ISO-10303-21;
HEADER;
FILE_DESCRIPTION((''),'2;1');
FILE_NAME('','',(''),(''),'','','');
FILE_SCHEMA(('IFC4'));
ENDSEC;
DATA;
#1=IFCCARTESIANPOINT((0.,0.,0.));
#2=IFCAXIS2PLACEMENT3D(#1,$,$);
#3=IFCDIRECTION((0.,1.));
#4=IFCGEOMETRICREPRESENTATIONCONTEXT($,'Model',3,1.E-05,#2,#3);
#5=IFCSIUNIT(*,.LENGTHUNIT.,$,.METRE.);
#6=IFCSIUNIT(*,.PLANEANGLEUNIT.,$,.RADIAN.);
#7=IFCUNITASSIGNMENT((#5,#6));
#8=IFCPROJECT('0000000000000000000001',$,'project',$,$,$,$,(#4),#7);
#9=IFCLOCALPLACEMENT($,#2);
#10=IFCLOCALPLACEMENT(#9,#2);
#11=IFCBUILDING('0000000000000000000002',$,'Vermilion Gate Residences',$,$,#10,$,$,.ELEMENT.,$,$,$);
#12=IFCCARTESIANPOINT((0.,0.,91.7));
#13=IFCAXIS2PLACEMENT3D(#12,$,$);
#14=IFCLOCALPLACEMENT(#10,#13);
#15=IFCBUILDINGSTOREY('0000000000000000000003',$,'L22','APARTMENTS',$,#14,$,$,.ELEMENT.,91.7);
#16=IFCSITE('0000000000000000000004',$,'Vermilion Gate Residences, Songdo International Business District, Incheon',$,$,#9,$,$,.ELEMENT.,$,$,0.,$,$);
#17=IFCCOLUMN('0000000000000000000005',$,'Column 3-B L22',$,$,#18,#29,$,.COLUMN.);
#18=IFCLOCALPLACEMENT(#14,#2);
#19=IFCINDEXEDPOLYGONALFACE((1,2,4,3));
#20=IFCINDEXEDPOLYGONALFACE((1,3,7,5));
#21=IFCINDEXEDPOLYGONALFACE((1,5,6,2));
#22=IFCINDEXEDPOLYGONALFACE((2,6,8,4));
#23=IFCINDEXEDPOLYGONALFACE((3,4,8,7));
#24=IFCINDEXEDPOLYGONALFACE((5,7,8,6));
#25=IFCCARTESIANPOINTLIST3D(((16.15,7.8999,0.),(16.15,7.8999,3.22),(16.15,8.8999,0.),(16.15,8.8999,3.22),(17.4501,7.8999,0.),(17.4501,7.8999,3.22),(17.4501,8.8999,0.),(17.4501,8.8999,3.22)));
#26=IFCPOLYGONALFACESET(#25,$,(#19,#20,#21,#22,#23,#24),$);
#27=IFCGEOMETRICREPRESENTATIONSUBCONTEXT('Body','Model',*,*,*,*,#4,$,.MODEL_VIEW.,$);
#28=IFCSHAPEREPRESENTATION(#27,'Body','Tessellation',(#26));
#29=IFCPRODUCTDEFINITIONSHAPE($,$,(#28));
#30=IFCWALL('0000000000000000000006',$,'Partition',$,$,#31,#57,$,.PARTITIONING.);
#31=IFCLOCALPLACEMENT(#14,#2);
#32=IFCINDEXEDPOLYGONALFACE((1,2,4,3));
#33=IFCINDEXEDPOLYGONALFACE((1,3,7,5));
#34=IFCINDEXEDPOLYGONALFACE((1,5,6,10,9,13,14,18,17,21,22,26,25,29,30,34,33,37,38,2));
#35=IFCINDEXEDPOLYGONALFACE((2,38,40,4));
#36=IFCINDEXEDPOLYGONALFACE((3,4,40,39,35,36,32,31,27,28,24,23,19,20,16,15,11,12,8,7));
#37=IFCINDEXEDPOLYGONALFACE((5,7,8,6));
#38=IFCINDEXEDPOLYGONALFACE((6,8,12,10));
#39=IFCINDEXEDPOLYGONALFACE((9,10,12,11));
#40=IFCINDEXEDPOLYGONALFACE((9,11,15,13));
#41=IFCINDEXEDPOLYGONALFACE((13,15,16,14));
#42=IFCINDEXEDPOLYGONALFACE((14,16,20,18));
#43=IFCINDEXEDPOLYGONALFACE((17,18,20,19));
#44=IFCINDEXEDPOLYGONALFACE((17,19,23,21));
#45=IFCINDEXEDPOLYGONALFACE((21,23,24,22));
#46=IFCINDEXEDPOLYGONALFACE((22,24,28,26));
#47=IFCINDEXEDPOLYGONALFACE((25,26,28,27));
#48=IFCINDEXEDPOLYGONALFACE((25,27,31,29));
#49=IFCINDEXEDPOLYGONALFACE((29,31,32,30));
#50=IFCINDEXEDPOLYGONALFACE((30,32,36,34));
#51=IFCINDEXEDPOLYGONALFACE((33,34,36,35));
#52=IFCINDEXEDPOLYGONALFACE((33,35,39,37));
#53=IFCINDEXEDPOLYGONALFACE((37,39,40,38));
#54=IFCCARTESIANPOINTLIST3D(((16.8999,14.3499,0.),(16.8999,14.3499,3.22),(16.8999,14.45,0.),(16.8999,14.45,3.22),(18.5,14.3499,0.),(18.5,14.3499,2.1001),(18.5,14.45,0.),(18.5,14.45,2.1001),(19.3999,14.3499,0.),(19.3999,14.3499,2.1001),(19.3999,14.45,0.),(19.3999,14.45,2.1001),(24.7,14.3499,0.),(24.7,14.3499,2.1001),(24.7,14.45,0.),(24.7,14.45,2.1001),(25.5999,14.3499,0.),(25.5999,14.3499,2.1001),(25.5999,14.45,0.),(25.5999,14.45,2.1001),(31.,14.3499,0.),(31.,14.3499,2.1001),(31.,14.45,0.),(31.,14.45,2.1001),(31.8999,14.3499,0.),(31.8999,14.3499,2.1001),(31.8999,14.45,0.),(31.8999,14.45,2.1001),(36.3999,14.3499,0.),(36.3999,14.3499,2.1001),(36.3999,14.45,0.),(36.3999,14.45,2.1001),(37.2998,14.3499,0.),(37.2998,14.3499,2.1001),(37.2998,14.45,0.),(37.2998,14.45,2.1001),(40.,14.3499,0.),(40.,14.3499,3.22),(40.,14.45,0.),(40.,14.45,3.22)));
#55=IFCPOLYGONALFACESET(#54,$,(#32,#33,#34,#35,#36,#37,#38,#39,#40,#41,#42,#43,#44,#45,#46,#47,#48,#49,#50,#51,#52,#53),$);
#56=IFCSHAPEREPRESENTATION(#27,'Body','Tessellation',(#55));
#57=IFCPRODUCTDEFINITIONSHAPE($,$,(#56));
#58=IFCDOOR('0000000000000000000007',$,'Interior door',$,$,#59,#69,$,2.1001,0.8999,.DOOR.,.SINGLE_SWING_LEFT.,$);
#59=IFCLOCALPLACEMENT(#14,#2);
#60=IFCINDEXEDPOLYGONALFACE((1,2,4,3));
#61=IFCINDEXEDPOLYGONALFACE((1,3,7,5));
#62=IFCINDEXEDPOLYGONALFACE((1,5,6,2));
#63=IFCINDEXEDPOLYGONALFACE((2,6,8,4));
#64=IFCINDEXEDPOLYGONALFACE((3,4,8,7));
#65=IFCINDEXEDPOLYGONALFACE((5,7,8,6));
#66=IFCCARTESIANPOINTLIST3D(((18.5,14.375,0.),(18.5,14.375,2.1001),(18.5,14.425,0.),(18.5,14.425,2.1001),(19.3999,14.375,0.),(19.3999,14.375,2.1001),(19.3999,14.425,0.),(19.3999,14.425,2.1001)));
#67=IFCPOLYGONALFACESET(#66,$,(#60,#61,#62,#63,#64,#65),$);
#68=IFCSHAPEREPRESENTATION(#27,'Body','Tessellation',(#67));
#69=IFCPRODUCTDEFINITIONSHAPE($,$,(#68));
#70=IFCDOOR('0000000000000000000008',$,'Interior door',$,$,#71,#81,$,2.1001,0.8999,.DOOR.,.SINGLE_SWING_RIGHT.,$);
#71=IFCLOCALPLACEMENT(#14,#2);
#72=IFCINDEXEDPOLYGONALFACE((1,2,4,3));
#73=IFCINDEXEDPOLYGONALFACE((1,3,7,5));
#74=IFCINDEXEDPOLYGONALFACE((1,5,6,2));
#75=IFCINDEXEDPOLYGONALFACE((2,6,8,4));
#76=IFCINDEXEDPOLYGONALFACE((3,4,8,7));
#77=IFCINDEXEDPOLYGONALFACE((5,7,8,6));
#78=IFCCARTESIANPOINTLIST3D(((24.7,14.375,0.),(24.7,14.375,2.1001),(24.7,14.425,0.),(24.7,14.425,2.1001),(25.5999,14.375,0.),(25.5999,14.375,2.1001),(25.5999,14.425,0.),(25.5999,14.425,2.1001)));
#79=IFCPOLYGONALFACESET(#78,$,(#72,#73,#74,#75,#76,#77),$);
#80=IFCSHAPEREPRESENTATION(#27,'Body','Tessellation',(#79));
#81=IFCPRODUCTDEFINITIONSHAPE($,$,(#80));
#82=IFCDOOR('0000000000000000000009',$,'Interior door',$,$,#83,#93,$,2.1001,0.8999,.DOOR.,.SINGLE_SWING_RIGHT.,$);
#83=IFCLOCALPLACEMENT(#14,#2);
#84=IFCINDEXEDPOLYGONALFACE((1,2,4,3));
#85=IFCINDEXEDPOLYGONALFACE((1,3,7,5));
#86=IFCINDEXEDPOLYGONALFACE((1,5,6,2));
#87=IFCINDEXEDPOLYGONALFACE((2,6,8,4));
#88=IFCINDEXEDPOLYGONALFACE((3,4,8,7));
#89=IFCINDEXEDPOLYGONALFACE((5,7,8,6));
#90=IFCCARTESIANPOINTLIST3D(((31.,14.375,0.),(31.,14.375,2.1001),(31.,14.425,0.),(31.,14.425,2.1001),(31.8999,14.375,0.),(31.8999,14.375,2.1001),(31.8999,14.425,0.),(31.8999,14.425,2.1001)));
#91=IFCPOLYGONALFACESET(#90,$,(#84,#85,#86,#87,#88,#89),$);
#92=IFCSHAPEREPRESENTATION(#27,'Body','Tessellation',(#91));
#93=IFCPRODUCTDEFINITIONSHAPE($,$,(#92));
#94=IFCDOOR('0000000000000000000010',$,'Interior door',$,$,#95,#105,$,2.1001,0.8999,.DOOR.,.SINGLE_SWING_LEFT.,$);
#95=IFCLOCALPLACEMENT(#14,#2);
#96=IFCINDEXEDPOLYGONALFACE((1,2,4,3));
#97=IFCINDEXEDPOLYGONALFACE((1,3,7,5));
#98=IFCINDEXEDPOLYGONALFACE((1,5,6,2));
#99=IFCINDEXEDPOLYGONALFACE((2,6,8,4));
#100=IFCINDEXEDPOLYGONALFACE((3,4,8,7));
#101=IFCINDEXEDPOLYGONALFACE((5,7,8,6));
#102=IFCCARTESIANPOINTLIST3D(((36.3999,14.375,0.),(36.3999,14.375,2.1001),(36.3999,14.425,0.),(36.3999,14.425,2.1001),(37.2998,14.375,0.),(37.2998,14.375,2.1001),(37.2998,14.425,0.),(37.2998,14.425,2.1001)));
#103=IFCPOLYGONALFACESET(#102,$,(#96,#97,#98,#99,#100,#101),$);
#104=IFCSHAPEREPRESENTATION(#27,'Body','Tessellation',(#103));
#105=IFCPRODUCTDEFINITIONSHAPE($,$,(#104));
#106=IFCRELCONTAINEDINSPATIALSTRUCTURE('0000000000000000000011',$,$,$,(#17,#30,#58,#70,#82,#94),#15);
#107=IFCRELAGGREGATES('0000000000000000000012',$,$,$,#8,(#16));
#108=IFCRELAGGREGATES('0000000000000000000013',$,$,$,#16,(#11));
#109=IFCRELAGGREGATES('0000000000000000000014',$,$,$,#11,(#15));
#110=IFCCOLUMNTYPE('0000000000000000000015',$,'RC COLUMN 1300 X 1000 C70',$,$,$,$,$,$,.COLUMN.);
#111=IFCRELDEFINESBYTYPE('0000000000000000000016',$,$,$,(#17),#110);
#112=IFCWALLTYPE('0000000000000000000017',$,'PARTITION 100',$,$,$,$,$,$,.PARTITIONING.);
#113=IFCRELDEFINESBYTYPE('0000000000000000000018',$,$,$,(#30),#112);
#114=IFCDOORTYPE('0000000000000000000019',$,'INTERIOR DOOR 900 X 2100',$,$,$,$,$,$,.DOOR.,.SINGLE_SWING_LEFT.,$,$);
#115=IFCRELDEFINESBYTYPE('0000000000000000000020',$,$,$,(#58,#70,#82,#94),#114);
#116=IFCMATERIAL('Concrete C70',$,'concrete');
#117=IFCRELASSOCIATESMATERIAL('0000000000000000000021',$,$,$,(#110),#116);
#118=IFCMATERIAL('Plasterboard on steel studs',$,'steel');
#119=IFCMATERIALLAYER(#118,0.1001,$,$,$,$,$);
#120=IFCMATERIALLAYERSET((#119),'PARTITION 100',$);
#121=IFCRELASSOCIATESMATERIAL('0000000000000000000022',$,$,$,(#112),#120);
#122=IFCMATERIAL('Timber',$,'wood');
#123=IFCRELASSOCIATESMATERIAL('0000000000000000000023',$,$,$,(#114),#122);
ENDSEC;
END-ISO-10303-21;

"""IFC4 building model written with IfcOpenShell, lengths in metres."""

from ifc_helpers import new_model, si_unit, direction, frame, frame_2d, origin, origin_2d, place, context, subcontext, project, spatial, rectangle, extrude, material, layer, layer_set, material_profile, profile_set, type_object, element, fill, save


model = new_model("IFC4")

# Units and contexts
model_context = context("Model", 3, precision=1e-05, world=origin(), true_north=direction((0.0, 1.0)))
body_context = subcontext(model_context, "Body", "Model", "MODEL_VIEW")
ifc_project = project(units=[si_unit("LENGTHUNIT", "METRE"), si_unit("PLANEANGLEUNIT", "RADIAN")], contexts=[model_context])

# Site, building, storey
site_placement = place(None, origin())
site = spatial("IfcSite", under=ifc_project, at=site_placement, Name="Vermilion Gate Residences, Songdo International Business District, Incheon", CompositionType="ELEMENT", RefElevation=0.0)
building_placement = place(site_placement, origin())
building = spatial("IfcBuilding", under=site, at=building_placement, Name="Vermilion Gate Residences", CompositionType="ELEMENT")
storey_placement = place(building_placement, frame((0.0, 0.0, 91.7)))
storey = spatial("IfcBuildingStorey", under=building, at=storey_placement, Name="L22", Description="APARTMENTS", CompositionType="ELEMENT", Elevation=91.7)

# Column
ifc_material_1 = material(Name="Concrete C70", Category="concrete")
ifc_material_profile_1 = material_profile(ifc_material_1, rectangle(XDim=1.3, YDim=1.0, at=origin_2d()), Name="RC-1300x1000")
ifc_profile_set_1 = profile_set([ifc_material_profile_1], Name="Concrete C70")
column_type = type_object("IfcColumnType", Name="RC COLUMN 1300 X 1000 C70", PredefinedType="COLUMN", material=ifc_profile_set_1)
column_placement = place(storey_placement, frame((16.8, 8.3999, 0.0), z_axis=(0.0, 0.0, 1.0), x_axis=(1.0, 0.0, 0.0)))
element("IfcColumn", 1, at=column_placement, inside=storey, type_object=column_type, Name="Column 3-B L22", PredefinedType="COLUMN", context=body_context, shape_type="SweptSolid", body=[
    extrude(rectangle(XDim=1.3, YDim=1.0, at=origin_2d()), origin(), (0.0, 0.0, 1.0), 3.22),
])

# Wall, openings, doors
ifc_material_2 = material(Name="Plasterboard on steel studs", Category="steel")
ifc_layer_1 = layer(ifc_material_2, 0.1001)
ifc_layer_set_1 = layer_set([ifc_layer_1], Name="PARTITION 100")
wall_type_1 = type_object("IfcWallType", Name="PARTITION 100", PredefinedType="PARTITIONING", material=ifc_layer_set_1)
wall_1_placement = place(storey_placement, frame((16.8999, 14.3999, 0.0), z_axis=(0.0, 0.0, 1.0), x_axis=(1.0, 0.0, 0.0)))
wall_1 = element("IfcWall", 2, at=wall_1_placement, inside=storey, type_object=wall_type_1, Name="Partition", PredefinedType="PARTITIONING", context=body_context, shape_type="SweptSolid", body=[
    extrude(rectangle(XDim=23.1001, YDim=0.1001, at=frame_2d((11.55, 0.0))), origin(), (0.0, 0.0, 1.0), 3.22),
])
opening_1_placement = place(wall_1_placement, frame((1.6001, 0.0, 0.0)))
opening_1 = element("IfcOpeningElement", 3, at=opening_1_placement, cuts=wall_1, PredefinedType="OPENING", context=body_context, shape_type="SweptSolid", body=[
    extrude(rectangle(XDim=0.8999, YDim=2.1001, at=frame_2d((0.45, 1.05))), frame((0.0, 0.0601, 0.0), z_axis=(0.0, -1.0, 0.0), x_axis=(1.0, 0.0, 0.0)), (0.0, 0.0, 1.0), 0.1201),
])
opening_2_placement = place(wall_1_placement, frame((7.8, 0.0, 0.0)))
opening_2 = element("IfcOpeningElement", 4, at=opening_2_placement, cuts=wall_1, PredefinedType="OPENING", context=body_context, shape_type="SweptSolid", body=[
    extrude(rectangle(XDim=0.8999, YDim=2.1001, at=frame_2d((0.45, 1.05))), frame((0.0, 0.0601, 0.0), z_axis=(0.0, -1.0, 0.0), x_axis=(1.0, 0.0, 0.0)), (0.0, 0.0, 1.0), 0.1201),
])
opening_3_placement = place(wall_1_placement, frame((14.1001, 0.0, 0.0)))
opening_3 = element("IfcOpeningElement", 5, at=opening_3_placement, cuts=wall_1, PredefinedType="OPENING", context=body_context, shape_type="SweptSolid", body=[
    extrude(rectangle(XDim=0.8999, YDim=2.1001, at=frame_2d((0.45, 1.05))), frame((0.0, 0.0601, 0.0), z_axis=(0.0, -1.0, 0.0), x_axis=(1.0, 0.0, 0.0)), (0.0, 0.0, 1.0), 0.1201),
])
opening_4_placement = place(wall_1_placement, frame((19.5, 0.0, 0.0)))
opening_4 = element("IfcOpeningElement", 6, at=opening_4_placement, cuts=wall_1, PredefinedType="OPENING", context=body_context, shape_type="SweptSolid", body=[
    extrude(rectangle(XDim=0.8999, YDim=2.1001, at=frame_2d((0.45, 1.05))), frame((0.0, 0.0601, 0.0), z_axis=(0.0, -1.0, 0.0), x_axis=(1.0, 0.0, 0.0)), (0.0, 0.0, 1.0), 0.1201),
])
ifc_material_3 = material(Name="Timber", Category="wood")
door_type_1 = type_object("IfcDoorType", Name="INTERIOR DOOR 900 X 2100", OperationType="SINGLE_SWING_LEFT", PredefinedType="DOOR", material=ifc_material_3)
door_1_placement = place(opening_1_placement, frame((0.8999, 0.0, 0.0), z_axis=(0.0, 0.0, 1.0), x_axis=(-1.0, 0.0, 0.0)))
door_1 = element("IfcDoor", 7, at=door_1_placement, inside=storey, type_object=door_type_1, Name="Interior door", OperationType="SINGLE_SWING_LEFT", OverallHeight=2.1001, OverallWidth=0.8999, PredefinedType="DOOR", context=body_context, shape_type="SweptSolid", body=[
    extrude(rectangle(XDim=0.8999, YDim=2.1001, at=frame_2d((0.45, 1.05))), frame((0.0, 0.0249, 0.0), z_axis=(0.0, -1.0, 0.0), x_axis=(1.0, 0.0, 0.0)), (0.0, 0.0, 1.0), 0.05),
])
fill(opening_1, door_1)
door_2_placement = place(opening_2_placement, frame((0.8999, 0.0, 0.0), z_axis=(0.0, 0.0, 1.0), x_axis=(-1.0, 0.0, 0.0)))
door_2 = element("IfcDoor", 8, at=door_2_placement, inside=storey, type_object=door_type_1, Name="Interior door", OperationType="SINGLE_SWING_RIGHT", OverallHeight=2.1001, OverallWidth=0.8999, PredefinedType="DOOR", context=body_context, shape_type="SweptSolid", body=[
    extrude(rectangle(XDim=0.8999, YDim=2.1001, at=frame_2d((0.45, 1.05))), frame((0.0, 0.0249, 0.0), z_axis=(0.0, -1.0, 0.0), x_axis=(1.0, 0.0, 0.0)), (0.0, 0.0, 1.0), 0.05),
])
fill(opening_2, door_2)
door_3_placement = place(opening_3_placement, frame((0.8999, 0.0, 0.0), z_axis=(0.0, 0.0, 1.0), x_axis=(-1.0, 0.0, 0.0)))
door_3 = element("IfcDoor", 9, at=door_3_placement, inside=storey, type_object=door_type_1, Name="Interior door", OperationType="SINGLE_SWING_RIGHT", OverallHeight=2.1001, OverallWidth=0.8999, PredefinedType="DOOR", context=body_context, shape_type="SweptSolid", body=[
    extrude(rectangle(XDim=0.8999, YDim=2.1001, at=frame_2d((0.45, 1.05))), frame((0.0, 0.0249, 0.0), z_axis=(0.0, -1.0, 0.0), x_axis=(1.0, 0.0, 0.0)), (0.0, 0.0, 1.0), 0.05),
])
fill(opening_3, door_3)
door_4_placement = place(opening_4_placement, frame((0.8999, 0.0, 0.0), z_axis=(0.0, 0.0, 1.0), x_axis=(-1.0, 0.0, 0.0)))
door_4 = element("IfcDoor", 10, at=door_4_placement, inside=storey, type_object=door_type_1, Name="Interior door", OperationType="SINGLE_SWING_LEFT", OverallHeight=2.1001, OverallWidth=0.8999, PredefinedType="DOOR", context=body_context, shape_type="SweptSolid", body=[
    extrude(rectangle(XDim=0.8999, YDim=2.1001, at=frame_2d((0.45, 1.05))), frame((0.0, 0.0249, 0.0), z_axis=(0.0, -1.0, 0.0), x_axis=(1.0, 0.0, 0.0)), (0.0, 0.0, 1.0), 0.05),
])
fill(opening_4, door_4)

save(model, "model.ifc")
